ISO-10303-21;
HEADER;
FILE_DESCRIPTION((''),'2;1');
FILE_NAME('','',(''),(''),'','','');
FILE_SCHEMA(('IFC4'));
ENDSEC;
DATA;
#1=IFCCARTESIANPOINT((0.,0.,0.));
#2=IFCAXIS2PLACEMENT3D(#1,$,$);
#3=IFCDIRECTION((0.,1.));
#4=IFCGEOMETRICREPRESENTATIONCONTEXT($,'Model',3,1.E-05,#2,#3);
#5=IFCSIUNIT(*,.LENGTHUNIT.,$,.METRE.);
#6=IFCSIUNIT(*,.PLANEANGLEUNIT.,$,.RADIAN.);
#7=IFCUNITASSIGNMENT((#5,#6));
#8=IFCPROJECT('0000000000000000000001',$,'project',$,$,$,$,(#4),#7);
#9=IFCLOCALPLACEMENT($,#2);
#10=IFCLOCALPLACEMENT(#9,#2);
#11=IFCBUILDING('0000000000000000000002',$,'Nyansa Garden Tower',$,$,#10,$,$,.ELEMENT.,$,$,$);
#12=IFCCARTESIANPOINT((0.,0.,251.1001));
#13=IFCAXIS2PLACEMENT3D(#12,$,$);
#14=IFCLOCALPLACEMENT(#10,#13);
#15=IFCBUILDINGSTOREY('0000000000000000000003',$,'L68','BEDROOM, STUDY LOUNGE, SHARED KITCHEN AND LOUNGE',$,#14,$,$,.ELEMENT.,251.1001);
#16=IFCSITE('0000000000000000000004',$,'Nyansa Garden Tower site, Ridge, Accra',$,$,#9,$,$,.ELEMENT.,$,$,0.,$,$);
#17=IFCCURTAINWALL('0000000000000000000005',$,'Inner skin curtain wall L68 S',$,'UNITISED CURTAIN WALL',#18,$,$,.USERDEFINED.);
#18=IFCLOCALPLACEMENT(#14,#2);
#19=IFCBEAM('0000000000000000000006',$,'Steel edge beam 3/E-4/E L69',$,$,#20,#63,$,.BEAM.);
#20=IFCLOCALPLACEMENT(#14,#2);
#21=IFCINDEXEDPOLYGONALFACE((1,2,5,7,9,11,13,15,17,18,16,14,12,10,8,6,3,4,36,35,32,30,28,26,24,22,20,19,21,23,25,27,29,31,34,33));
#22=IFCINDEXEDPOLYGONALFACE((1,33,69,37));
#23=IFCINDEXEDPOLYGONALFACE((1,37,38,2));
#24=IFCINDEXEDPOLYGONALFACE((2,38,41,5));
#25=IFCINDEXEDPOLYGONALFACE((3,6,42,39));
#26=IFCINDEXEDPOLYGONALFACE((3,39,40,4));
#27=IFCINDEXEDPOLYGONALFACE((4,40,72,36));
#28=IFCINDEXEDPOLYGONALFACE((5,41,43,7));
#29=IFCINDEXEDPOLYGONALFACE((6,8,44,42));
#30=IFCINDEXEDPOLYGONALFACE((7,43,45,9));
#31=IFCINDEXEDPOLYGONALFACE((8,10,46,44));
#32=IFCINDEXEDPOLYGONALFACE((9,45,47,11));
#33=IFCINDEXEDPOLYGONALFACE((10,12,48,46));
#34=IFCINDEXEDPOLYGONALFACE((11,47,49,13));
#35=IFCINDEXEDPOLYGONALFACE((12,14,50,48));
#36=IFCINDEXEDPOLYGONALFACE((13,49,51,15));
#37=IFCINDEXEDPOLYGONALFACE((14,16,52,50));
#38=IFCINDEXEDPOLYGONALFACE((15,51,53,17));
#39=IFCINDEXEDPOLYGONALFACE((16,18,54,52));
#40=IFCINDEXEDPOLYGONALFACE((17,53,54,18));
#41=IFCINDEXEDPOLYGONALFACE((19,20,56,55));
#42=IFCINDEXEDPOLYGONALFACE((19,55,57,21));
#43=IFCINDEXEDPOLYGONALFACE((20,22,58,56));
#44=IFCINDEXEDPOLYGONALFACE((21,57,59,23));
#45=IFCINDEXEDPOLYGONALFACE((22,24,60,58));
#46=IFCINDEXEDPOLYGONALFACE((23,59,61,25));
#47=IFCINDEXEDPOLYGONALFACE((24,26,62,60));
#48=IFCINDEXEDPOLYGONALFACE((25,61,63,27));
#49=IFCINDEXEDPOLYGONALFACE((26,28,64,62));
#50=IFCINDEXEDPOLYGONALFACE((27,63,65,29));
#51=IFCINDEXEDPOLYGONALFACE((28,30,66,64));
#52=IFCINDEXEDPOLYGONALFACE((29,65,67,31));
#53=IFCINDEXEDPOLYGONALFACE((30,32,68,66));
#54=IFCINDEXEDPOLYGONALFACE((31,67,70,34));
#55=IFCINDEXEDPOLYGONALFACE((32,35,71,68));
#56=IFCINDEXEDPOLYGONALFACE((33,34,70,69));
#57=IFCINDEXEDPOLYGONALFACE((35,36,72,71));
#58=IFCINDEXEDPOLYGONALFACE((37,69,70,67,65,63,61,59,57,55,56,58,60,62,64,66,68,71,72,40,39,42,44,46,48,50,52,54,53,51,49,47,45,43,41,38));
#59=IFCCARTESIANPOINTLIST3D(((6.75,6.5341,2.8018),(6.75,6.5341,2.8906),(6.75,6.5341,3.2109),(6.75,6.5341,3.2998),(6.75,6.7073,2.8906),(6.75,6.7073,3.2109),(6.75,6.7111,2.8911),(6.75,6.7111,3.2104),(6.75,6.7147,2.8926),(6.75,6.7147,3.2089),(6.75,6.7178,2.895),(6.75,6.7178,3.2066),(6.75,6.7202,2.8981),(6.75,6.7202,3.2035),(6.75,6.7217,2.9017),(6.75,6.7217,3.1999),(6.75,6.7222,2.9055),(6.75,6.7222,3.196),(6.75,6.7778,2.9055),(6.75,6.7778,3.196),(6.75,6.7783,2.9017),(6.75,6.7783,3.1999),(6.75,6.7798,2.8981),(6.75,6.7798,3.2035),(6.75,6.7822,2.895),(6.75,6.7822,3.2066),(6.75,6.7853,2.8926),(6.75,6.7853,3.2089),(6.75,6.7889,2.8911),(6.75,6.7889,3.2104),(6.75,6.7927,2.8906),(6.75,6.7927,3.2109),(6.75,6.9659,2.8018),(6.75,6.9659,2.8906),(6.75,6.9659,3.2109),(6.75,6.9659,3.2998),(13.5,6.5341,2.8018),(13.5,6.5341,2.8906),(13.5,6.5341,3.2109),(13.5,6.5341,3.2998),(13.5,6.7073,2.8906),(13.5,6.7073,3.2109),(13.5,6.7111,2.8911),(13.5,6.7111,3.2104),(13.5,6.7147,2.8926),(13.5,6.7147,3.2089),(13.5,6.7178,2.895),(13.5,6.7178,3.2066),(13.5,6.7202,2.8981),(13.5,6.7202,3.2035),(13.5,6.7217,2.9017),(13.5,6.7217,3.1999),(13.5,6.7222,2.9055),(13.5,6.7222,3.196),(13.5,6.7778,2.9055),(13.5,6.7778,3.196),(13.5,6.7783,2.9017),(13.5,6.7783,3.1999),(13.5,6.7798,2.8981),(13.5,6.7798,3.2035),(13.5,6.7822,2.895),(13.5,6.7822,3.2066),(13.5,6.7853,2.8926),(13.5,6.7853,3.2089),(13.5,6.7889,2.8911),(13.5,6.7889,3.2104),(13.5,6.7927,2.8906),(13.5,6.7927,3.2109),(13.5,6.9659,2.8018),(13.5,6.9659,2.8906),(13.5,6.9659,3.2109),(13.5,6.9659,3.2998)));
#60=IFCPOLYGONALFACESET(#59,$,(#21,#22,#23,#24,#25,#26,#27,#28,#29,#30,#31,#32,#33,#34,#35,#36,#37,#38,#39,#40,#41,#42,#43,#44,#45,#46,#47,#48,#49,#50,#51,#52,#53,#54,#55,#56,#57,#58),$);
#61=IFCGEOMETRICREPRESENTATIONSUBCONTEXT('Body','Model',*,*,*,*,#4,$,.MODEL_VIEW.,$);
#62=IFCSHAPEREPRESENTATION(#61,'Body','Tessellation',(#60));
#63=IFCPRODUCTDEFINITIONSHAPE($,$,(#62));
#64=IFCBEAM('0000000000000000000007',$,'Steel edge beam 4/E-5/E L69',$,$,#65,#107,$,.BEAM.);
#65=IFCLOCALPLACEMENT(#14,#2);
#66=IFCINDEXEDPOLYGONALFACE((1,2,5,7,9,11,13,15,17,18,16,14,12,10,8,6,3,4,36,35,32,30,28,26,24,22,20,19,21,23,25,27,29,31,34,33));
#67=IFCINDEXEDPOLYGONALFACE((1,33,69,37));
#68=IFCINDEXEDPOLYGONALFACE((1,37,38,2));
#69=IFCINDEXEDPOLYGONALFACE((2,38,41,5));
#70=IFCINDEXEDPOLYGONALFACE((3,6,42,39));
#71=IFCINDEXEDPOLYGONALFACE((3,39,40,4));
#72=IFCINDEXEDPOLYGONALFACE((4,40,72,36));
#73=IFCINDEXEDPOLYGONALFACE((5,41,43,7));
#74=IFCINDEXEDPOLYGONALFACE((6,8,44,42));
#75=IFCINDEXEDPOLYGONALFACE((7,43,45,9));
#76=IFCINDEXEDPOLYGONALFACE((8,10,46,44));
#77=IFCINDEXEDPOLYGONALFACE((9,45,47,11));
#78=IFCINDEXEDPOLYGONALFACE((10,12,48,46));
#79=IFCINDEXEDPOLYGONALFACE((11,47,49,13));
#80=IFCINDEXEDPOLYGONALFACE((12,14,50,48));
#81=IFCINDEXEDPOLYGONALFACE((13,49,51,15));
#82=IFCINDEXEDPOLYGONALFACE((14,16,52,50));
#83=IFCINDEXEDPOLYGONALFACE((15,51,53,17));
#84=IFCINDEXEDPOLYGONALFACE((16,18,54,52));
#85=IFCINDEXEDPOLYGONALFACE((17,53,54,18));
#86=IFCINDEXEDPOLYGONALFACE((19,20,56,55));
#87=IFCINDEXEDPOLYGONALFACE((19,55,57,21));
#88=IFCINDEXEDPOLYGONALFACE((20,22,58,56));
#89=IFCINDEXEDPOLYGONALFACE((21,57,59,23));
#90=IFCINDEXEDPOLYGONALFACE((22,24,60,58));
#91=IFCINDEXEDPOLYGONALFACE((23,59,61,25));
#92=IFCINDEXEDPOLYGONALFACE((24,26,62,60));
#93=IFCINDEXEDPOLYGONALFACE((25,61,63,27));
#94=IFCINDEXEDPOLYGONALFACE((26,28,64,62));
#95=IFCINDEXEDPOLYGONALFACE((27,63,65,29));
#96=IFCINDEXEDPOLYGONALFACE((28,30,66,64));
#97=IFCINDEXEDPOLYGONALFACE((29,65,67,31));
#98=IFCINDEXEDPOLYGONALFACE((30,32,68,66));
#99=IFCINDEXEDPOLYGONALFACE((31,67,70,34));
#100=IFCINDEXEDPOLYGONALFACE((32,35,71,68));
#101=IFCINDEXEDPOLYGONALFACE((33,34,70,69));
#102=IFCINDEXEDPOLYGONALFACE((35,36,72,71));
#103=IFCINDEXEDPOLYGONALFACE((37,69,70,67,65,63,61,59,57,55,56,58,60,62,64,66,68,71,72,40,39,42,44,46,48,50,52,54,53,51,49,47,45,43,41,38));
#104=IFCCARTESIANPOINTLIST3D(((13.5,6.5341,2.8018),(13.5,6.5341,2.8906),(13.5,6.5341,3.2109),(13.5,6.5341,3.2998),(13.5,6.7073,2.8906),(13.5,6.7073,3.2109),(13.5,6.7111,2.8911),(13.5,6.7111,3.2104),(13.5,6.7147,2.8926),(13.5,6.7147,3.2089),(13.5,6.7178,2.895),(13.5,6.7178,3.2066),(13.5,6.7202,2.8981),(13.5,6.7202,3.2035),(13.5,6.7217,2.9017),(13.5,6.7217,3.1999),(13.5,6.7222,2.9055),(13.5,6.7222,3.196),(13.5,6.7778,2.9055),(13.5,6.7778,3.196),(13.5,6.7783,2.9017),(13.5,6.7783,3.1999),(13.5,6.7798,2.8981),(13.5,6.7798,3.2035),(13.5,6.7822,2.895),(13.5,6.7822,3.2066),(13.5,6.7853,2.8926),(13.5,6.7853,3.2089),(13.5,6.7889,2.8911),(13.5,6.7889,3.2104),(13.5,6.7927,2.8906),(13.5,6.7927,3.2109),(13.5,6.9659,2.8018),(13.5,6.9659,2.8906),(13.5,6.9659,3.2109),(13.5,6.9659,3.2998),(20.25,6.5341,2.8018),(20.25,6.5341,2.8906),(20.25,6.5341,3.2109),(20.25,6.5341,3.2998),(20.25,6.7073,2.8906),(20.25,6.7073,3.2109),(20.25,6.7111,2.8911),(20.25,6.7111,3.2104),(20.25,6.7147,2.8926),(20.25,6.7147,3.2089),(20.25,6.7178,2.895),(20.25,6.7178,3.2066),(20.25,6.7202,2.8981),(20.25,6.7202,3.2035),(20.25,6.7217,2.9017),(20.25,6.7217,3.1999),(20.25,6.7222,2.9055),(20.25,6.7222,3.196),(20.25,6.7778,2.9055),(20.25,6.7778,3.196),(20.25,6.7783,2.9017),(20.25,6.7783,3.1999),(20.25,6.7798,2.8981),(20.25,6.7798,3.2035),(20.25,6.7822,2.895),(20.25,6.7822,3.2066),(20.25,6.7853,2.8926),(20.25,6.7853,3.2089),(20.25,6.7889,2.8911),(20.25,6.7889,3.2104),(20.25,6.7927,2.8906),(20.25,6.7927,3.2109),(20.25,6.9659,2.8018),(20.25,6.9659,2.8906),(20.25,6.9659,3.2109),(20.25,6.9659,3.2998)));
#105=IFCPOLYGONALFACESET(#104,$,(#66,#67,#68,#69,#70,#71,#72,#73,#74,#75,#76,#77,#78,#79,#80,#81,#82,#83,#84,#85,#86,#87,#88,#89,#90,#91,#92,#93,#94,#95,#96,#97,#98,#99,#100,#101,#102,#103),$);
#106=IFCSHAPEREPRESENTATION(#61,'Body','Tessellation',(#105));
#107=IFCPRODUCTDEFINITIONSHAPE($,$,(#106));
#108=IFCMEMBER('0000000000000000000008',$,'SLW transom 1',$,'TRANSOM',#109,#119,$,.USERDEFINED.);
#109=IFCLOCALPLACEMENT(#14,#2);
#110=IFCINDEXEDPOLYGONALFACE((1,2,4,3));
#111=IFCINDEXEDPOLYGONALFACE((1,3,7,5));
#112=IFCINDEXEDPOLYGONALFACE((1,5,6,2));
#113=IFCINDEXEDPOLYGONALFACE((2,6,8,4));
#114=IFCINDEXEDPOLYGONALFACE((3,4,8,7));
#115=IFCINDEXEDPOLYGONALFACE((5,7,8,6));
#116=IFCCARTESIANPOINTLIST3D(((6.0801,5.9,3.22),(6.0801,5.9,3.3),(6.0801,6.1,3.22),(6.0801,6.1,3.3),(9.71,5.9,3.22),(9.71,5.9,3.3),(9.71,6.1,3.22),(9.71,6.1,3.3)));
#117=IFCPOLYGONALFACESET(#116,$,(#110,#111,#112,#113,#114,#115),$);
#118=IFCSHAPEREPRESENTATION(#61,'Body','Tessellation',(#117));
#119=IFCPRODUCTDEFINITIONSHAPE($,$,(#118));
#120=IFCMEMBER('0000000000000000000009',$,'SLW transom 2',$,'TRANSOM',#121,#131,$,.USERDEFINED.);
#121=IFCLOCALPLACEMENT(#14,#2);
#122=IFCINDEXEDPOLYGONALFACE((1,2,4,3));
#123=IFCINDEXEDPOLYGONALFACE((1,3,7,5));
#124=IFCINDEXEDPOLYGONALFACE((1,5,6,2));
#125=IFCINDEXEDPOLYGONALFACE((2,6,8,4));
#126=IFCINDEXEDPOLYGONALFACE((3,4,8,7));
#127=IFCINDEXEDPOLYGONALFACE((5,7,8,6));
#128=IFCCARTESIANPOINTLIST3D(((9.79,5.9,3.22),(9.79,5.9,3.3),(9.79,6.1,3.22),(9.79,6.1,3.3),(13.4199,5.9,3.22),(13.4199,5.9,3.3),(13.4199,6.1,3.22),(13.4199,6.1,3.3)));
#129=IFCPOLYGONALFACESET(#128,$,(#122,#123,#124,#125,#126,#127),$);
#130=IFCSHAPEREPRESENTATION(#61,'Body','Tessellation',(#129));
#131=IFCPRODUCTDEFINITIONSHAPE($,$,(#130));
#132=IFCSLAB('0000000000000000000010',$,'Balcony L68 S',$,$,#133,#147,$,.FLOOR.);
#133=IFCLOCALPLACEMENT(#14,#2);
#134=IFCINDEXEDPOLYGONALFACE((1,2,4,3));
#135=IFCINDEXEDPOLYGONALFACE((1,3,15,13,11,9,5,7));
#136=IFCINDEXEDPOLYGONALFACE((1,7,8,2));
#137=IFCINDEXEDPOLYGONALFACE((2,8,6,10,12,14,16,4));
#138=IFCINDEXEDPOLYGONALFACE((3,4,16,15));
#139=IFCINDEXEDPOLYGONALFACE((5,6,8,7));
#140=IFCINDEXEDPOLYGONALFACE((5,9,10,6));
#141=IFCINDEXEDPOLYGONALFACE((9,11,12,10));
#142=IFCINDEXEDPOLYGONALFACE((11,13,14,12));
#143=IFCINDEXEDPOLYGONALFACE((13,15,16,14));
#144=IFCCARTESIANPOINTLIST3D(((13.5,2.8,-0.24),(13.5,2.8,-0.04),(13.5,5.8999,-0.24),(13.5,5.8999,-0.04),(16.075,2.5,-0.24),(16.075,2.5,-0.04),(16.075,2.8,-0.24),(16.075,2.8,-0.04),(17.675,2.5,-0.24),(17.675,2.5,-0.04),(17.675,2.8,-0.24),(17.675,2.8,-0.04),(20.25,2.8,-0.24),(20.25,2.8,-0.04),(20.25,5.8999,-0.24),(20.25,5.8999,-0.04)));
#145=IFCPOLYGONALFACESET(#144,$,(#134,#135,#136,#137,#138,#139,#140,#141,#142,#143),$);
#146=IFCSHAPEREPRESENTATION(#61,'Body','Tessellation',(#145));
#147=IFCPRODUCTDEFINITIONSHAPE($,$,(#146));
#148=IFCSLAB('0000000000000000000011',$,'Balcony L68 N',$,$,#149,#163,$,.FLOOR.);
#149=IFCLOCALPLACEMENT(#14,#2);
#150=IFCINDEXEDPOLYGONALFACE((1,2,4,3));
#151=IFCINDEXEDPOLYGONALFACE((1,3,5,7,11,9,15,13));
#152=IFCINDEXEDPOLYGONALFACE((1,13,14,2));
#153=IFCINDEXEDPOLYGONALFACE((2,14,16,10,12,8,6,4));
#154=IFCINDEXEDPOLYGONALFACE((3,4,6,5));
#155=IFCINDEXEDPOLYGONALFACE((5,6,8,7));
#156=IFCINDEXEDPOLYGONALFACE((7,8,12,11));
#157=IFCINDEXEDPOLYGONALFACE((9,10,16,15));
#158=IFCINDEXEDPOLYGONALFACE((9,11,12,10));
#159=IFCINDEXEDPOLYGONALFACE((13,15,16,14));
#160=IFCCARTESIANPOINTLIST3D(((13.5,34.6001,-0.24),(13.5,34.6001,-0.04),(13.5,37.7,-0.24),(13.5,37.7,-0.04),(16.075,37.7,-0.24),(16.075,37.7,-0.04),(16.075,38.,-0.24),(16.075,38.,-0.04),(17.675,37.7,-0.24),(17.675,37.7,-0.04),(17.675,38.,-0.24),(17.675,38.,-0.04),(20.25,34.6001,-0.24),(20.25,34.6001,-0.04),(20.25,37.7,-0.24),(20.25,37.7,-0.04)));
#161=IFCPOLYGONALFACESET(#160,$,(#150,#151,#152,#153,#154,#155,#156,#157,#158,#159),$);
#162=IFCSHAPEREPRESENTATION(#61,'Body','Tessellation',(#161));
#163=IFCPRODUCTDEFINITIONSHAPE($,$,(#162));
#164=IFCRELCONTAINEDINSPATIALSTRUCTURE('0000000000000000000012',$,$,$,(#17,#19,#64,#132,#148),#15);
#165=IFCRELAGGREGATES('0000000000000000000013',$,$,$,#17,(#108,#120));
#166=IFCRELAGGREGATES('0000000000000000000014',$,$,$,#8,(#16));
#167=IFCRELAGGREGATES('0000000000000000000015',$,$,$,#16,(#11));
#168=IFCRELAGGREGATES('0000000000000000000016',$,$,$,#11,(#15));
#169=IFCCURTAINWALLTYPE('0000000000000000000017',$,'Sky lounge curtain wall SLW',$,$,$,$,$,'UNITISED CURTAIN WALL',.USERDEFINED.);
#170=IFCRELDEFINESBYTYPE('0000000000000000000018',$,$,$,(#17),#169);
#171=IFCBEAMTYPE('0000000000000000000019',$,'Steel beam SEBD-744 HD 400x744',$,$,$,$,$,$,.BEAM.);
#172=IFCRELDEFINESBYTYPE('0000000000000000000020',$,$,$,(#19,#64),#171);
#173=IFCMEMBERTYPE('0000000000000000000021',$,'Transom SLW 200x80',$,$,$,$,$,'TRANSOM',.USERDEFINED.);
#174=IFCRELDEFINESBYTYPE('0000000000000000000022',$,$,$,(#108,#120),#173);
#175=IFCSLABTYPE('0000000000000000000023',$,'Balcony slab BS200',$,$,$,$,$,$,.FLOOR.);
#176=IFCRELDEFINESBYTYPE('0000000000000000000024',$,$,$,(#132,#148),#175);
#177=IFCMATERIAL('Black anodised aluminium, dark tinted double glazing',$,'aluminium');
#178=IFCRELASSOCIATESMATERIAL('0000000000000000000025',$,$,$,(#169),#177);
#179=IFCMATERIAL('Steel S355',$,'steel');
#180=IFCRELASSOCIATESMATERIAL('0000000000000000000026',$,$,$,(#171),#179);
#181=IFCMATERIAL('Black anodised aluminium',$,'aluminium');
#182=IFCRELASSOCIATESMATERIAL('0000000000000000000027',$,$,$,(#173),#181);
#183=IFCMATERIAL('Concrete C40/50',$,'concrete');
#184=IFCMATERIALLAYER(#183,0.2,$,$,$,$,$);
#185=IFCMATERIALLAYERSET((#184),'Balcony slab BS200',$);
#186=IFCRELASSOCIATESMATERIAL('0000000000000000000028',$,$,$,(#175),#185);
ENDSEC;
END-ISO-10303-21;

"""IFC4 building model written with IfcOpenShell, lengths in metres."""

from ifc_helpers import new_model, si_unit, direction, frame, origin, origin_2d, place, context, subcontext, project, spatial, polyline, rectangle, i_section, outline, extrude, material, layer, layer_set, material_profile, profile_set, type_object, element, aggregate, save


model = new_model("IFC4")

# Units and contexts
model_context = context("Model", 3, precision=1e-05, world=origin(), true_north=direction((0.0, 1.0)))
body_context = subcontext(model_context, "Body", "Model", "MODEL_VIEW")
ifc_project = project(units=[si_unit("LENGTHUNIT", "METRE"), si_unit("PLANEANGLEUNIT", "RADIAN")], contexts=[model_context])

# Site, building, storey
site_placement = place(None, origin())
site = spatial("IfcSite", under=ifc_project, at=site_placement, Name="Nyansa Garden Tower site, Ridge, Accra", CompositionType="ELEMENT", RefElevation=0.0)
building_placement = place(site_placement, origin())
building = spatial("IfcBuilding", under=site, at=building_placement, Name="Nyansa Garden Tower", CompositionType="ELEMENT")
storey_placement = place(building_placement, frame((0.0, 0.0, 251.1001)))
storey = spatial("IfcBuildingStorey", under=building, at=storey_placement, Name="L68", Description="BEDROOM, STUDY LOUNGE, SHARED KITCHEN AND LOUNGE", CompositionType="ELEMENT", Elevation=251.1001)

# Curtain wall
ifc_material_1 = material(Name="Black anodised aluminium, dark tinted double glazing", Category="aluminium")
curtain_wall_type = type_object("IfcCurtainWallType", Name="Sky lounge curtain wall SLW", ElementType="UNITISED CURTAIN WALL", PredefinedType="USERDEFINED", material=ifc_material_1)
curtain_wall_placement = place(storey_placement, origin())
curtain_wall = element("IfcCurtainWall", 1, at=curtain_wall_placement, inside=storey, type_object=curtain_wall_type, Name="Inner skin curtain wall L68 S", ObjectType="UNITISED CURTAIN WALL", PredefinedType="USERDEFINED")

# Beams
ifc_material_2 = material(Name="Steel S355", Category="steel")
ifc_material_profile_1 = material_profile(ifc_material_2, i_section(OverallWidth=0.4319, OverallDepth=0.498, WebThickness=0.0557, FlangeThickness=0.0889, FilletRadius=0.0149, at=origin_2d()), Name="HD 400x744")
ifc_profile_set_1 = profile_set([ifc_material_profile_1], Name="Steel S355")
beam_type_1 = type_object("IfcBeamType", Name="Steel beam SEBD-744 HD 400x744", PredefinedType="BEAM", material=ifc_profile_set_1)
for number, where, z_axis, x_axis, name in (
    (2, (6.75, 6.75, 3.0508), (1.0, 0.0, 0.0), (0.0, 1.0, 0.0), "Steel edge beam 3/E-4/E L69"),
    (3, (13.5, 6.75, 3.0508), (1.0, 0.0, 0.0), (0.0, 1.0, 0.0), "Steel edge beam 4/E-5/E L69"),
):
    element("IfcBeam", number, at=place(storey_placement, frame(where, z_axis=z_axis, x_axis=x_axis)), inside=storey, type_object=beam_type_1, Name=name, PredefinedType="BEAM", context=body_context, shape_type="SweptSolid", body=[
        extrude(i_section(OverallWidth=0.4319, OverallDepth=0.498, WebThickness=0.0557, FlangeThickness=0.0889, FilletRadius=0.0149, at=origin_2d()), origin(), (0.0, 0.0, 1.0), 6.75),
    ])

# Members
ifc_material_3 = material(Name="Black anodised aluminium", Category="aluminium")
ifc_material_profile_2 = material_profile(ifc_material_3, rectangle(XDim=0.2, YDim=0.0801, at=origin_2d()), Name="Transom 200x80")
ifc_profile_set_2 = profile_set([ifc_material_profile_2], Name="Black anodised aluminium")
member_type_1 = type_object("IfcMemberType", Name="Transom SLW 200x80", ElementType="TRANSOM", PredefinedType="USERDEFINED", material=ifc_profile_set_2)
member_1_placement = place(storey_placement, frame((6.0801, 6.0, 3.26), z_axis=(1.0, 0.0, 0.0), x_axis=(0.0, 1.0, 0.0)))
member_1 = element("IfcMember", 4, at=member_1_placement, type_object=member_type_1, Name="SLW transom 1", ObjectType="TRANSOM", PredefinedType="USERDEFINED", context=body_context, shape_type="SweptSolid", body=[
    extrude(rectangle(XDim=0.2, YDim=0.0801, at=origin_2d()), origin(), (0.0, 0.0, 1.0), 3.6299),
])
member_2_placement = place(storey_placement, frame((9.79, 6.0, 3.26), z_axis=(1.0, 0.0, 0.0), x_axis=(0.0, 1.0, 0.0)))
member_2 = element("IfcMember", 5, at=member_2_placement, type_object=member_type_1, Name="SLW transom 2", ObjectType="TRANSOM", PredefinedType="USERDEFINED", context=body_context, shape_type="SweptSolid", body=[
    extrude(rectangle(XDim=0.2, YDim=0.0801, at=origin_2d()), origin(), (0.0, 0.0, 1.0), 3.6299),
])

# Slabs
ifc_material_4 = material(Name="Concrete C40/50", Category="concrete")
ifc_layer_1 = layer(ifc_material_4, 0.2)
ifc_layer_set_1 = layer_set([ifc_layer_1], Name="Balcony slab BS200")
slab_type_1 = type_object("IfcSlabType", Name="Balcony slab BS200", PredefinedType="FLOOR", material=ifc_layer_set_1)
slab_1_placement = place(storey_placement, frame((0.0, 0.0, -0.24)))
element("IfcSlab", 6, at=slab_1_placement, inside=storey, type_object=slab_type_1, Name="Balcony L68 S", PredefinedType="FLOOR", context=body_context, shape_type="SweptSolid", body=[
    extrude(outline(polyline([(13.5, 5.8999), (20.25, 5.8999), (20.25, 2.8), (17.675, 2.8), (17.675, 2.5), (16.075, 2.5), (16.075, 2.8), (13.5, 2.8), (13.5, 5.8999)])), origin(), (0.0, 0.0, 1.0), 0.2),
])
slab_2_placement = place(storey_placement, frame((0.0, 0.0, -0.24)))
element("IfcSlab", 7, at=slab_2_placement, inside=storey, type_object=slab_type_1, Name="Balcony L68 N", PredefinedType="FLOOR", context=body_context, shape_type="SweptSolid", body=[
    extrude(outline(polyline([(13.5, 34.6001), (20.25, 34.6001), (20.25, 37.7), (17.675, 37.7), (17.675, 38.0), (16.075, 38.0), (16.075, 37.7), (13.5, 37.7), (13.5, 34.6001)])), origin(), (0.0, 0.0, 1.0), 0.2),
])

aggregate(curtain_wall, [member_1, member_2])

save(model, "model.ifc")
